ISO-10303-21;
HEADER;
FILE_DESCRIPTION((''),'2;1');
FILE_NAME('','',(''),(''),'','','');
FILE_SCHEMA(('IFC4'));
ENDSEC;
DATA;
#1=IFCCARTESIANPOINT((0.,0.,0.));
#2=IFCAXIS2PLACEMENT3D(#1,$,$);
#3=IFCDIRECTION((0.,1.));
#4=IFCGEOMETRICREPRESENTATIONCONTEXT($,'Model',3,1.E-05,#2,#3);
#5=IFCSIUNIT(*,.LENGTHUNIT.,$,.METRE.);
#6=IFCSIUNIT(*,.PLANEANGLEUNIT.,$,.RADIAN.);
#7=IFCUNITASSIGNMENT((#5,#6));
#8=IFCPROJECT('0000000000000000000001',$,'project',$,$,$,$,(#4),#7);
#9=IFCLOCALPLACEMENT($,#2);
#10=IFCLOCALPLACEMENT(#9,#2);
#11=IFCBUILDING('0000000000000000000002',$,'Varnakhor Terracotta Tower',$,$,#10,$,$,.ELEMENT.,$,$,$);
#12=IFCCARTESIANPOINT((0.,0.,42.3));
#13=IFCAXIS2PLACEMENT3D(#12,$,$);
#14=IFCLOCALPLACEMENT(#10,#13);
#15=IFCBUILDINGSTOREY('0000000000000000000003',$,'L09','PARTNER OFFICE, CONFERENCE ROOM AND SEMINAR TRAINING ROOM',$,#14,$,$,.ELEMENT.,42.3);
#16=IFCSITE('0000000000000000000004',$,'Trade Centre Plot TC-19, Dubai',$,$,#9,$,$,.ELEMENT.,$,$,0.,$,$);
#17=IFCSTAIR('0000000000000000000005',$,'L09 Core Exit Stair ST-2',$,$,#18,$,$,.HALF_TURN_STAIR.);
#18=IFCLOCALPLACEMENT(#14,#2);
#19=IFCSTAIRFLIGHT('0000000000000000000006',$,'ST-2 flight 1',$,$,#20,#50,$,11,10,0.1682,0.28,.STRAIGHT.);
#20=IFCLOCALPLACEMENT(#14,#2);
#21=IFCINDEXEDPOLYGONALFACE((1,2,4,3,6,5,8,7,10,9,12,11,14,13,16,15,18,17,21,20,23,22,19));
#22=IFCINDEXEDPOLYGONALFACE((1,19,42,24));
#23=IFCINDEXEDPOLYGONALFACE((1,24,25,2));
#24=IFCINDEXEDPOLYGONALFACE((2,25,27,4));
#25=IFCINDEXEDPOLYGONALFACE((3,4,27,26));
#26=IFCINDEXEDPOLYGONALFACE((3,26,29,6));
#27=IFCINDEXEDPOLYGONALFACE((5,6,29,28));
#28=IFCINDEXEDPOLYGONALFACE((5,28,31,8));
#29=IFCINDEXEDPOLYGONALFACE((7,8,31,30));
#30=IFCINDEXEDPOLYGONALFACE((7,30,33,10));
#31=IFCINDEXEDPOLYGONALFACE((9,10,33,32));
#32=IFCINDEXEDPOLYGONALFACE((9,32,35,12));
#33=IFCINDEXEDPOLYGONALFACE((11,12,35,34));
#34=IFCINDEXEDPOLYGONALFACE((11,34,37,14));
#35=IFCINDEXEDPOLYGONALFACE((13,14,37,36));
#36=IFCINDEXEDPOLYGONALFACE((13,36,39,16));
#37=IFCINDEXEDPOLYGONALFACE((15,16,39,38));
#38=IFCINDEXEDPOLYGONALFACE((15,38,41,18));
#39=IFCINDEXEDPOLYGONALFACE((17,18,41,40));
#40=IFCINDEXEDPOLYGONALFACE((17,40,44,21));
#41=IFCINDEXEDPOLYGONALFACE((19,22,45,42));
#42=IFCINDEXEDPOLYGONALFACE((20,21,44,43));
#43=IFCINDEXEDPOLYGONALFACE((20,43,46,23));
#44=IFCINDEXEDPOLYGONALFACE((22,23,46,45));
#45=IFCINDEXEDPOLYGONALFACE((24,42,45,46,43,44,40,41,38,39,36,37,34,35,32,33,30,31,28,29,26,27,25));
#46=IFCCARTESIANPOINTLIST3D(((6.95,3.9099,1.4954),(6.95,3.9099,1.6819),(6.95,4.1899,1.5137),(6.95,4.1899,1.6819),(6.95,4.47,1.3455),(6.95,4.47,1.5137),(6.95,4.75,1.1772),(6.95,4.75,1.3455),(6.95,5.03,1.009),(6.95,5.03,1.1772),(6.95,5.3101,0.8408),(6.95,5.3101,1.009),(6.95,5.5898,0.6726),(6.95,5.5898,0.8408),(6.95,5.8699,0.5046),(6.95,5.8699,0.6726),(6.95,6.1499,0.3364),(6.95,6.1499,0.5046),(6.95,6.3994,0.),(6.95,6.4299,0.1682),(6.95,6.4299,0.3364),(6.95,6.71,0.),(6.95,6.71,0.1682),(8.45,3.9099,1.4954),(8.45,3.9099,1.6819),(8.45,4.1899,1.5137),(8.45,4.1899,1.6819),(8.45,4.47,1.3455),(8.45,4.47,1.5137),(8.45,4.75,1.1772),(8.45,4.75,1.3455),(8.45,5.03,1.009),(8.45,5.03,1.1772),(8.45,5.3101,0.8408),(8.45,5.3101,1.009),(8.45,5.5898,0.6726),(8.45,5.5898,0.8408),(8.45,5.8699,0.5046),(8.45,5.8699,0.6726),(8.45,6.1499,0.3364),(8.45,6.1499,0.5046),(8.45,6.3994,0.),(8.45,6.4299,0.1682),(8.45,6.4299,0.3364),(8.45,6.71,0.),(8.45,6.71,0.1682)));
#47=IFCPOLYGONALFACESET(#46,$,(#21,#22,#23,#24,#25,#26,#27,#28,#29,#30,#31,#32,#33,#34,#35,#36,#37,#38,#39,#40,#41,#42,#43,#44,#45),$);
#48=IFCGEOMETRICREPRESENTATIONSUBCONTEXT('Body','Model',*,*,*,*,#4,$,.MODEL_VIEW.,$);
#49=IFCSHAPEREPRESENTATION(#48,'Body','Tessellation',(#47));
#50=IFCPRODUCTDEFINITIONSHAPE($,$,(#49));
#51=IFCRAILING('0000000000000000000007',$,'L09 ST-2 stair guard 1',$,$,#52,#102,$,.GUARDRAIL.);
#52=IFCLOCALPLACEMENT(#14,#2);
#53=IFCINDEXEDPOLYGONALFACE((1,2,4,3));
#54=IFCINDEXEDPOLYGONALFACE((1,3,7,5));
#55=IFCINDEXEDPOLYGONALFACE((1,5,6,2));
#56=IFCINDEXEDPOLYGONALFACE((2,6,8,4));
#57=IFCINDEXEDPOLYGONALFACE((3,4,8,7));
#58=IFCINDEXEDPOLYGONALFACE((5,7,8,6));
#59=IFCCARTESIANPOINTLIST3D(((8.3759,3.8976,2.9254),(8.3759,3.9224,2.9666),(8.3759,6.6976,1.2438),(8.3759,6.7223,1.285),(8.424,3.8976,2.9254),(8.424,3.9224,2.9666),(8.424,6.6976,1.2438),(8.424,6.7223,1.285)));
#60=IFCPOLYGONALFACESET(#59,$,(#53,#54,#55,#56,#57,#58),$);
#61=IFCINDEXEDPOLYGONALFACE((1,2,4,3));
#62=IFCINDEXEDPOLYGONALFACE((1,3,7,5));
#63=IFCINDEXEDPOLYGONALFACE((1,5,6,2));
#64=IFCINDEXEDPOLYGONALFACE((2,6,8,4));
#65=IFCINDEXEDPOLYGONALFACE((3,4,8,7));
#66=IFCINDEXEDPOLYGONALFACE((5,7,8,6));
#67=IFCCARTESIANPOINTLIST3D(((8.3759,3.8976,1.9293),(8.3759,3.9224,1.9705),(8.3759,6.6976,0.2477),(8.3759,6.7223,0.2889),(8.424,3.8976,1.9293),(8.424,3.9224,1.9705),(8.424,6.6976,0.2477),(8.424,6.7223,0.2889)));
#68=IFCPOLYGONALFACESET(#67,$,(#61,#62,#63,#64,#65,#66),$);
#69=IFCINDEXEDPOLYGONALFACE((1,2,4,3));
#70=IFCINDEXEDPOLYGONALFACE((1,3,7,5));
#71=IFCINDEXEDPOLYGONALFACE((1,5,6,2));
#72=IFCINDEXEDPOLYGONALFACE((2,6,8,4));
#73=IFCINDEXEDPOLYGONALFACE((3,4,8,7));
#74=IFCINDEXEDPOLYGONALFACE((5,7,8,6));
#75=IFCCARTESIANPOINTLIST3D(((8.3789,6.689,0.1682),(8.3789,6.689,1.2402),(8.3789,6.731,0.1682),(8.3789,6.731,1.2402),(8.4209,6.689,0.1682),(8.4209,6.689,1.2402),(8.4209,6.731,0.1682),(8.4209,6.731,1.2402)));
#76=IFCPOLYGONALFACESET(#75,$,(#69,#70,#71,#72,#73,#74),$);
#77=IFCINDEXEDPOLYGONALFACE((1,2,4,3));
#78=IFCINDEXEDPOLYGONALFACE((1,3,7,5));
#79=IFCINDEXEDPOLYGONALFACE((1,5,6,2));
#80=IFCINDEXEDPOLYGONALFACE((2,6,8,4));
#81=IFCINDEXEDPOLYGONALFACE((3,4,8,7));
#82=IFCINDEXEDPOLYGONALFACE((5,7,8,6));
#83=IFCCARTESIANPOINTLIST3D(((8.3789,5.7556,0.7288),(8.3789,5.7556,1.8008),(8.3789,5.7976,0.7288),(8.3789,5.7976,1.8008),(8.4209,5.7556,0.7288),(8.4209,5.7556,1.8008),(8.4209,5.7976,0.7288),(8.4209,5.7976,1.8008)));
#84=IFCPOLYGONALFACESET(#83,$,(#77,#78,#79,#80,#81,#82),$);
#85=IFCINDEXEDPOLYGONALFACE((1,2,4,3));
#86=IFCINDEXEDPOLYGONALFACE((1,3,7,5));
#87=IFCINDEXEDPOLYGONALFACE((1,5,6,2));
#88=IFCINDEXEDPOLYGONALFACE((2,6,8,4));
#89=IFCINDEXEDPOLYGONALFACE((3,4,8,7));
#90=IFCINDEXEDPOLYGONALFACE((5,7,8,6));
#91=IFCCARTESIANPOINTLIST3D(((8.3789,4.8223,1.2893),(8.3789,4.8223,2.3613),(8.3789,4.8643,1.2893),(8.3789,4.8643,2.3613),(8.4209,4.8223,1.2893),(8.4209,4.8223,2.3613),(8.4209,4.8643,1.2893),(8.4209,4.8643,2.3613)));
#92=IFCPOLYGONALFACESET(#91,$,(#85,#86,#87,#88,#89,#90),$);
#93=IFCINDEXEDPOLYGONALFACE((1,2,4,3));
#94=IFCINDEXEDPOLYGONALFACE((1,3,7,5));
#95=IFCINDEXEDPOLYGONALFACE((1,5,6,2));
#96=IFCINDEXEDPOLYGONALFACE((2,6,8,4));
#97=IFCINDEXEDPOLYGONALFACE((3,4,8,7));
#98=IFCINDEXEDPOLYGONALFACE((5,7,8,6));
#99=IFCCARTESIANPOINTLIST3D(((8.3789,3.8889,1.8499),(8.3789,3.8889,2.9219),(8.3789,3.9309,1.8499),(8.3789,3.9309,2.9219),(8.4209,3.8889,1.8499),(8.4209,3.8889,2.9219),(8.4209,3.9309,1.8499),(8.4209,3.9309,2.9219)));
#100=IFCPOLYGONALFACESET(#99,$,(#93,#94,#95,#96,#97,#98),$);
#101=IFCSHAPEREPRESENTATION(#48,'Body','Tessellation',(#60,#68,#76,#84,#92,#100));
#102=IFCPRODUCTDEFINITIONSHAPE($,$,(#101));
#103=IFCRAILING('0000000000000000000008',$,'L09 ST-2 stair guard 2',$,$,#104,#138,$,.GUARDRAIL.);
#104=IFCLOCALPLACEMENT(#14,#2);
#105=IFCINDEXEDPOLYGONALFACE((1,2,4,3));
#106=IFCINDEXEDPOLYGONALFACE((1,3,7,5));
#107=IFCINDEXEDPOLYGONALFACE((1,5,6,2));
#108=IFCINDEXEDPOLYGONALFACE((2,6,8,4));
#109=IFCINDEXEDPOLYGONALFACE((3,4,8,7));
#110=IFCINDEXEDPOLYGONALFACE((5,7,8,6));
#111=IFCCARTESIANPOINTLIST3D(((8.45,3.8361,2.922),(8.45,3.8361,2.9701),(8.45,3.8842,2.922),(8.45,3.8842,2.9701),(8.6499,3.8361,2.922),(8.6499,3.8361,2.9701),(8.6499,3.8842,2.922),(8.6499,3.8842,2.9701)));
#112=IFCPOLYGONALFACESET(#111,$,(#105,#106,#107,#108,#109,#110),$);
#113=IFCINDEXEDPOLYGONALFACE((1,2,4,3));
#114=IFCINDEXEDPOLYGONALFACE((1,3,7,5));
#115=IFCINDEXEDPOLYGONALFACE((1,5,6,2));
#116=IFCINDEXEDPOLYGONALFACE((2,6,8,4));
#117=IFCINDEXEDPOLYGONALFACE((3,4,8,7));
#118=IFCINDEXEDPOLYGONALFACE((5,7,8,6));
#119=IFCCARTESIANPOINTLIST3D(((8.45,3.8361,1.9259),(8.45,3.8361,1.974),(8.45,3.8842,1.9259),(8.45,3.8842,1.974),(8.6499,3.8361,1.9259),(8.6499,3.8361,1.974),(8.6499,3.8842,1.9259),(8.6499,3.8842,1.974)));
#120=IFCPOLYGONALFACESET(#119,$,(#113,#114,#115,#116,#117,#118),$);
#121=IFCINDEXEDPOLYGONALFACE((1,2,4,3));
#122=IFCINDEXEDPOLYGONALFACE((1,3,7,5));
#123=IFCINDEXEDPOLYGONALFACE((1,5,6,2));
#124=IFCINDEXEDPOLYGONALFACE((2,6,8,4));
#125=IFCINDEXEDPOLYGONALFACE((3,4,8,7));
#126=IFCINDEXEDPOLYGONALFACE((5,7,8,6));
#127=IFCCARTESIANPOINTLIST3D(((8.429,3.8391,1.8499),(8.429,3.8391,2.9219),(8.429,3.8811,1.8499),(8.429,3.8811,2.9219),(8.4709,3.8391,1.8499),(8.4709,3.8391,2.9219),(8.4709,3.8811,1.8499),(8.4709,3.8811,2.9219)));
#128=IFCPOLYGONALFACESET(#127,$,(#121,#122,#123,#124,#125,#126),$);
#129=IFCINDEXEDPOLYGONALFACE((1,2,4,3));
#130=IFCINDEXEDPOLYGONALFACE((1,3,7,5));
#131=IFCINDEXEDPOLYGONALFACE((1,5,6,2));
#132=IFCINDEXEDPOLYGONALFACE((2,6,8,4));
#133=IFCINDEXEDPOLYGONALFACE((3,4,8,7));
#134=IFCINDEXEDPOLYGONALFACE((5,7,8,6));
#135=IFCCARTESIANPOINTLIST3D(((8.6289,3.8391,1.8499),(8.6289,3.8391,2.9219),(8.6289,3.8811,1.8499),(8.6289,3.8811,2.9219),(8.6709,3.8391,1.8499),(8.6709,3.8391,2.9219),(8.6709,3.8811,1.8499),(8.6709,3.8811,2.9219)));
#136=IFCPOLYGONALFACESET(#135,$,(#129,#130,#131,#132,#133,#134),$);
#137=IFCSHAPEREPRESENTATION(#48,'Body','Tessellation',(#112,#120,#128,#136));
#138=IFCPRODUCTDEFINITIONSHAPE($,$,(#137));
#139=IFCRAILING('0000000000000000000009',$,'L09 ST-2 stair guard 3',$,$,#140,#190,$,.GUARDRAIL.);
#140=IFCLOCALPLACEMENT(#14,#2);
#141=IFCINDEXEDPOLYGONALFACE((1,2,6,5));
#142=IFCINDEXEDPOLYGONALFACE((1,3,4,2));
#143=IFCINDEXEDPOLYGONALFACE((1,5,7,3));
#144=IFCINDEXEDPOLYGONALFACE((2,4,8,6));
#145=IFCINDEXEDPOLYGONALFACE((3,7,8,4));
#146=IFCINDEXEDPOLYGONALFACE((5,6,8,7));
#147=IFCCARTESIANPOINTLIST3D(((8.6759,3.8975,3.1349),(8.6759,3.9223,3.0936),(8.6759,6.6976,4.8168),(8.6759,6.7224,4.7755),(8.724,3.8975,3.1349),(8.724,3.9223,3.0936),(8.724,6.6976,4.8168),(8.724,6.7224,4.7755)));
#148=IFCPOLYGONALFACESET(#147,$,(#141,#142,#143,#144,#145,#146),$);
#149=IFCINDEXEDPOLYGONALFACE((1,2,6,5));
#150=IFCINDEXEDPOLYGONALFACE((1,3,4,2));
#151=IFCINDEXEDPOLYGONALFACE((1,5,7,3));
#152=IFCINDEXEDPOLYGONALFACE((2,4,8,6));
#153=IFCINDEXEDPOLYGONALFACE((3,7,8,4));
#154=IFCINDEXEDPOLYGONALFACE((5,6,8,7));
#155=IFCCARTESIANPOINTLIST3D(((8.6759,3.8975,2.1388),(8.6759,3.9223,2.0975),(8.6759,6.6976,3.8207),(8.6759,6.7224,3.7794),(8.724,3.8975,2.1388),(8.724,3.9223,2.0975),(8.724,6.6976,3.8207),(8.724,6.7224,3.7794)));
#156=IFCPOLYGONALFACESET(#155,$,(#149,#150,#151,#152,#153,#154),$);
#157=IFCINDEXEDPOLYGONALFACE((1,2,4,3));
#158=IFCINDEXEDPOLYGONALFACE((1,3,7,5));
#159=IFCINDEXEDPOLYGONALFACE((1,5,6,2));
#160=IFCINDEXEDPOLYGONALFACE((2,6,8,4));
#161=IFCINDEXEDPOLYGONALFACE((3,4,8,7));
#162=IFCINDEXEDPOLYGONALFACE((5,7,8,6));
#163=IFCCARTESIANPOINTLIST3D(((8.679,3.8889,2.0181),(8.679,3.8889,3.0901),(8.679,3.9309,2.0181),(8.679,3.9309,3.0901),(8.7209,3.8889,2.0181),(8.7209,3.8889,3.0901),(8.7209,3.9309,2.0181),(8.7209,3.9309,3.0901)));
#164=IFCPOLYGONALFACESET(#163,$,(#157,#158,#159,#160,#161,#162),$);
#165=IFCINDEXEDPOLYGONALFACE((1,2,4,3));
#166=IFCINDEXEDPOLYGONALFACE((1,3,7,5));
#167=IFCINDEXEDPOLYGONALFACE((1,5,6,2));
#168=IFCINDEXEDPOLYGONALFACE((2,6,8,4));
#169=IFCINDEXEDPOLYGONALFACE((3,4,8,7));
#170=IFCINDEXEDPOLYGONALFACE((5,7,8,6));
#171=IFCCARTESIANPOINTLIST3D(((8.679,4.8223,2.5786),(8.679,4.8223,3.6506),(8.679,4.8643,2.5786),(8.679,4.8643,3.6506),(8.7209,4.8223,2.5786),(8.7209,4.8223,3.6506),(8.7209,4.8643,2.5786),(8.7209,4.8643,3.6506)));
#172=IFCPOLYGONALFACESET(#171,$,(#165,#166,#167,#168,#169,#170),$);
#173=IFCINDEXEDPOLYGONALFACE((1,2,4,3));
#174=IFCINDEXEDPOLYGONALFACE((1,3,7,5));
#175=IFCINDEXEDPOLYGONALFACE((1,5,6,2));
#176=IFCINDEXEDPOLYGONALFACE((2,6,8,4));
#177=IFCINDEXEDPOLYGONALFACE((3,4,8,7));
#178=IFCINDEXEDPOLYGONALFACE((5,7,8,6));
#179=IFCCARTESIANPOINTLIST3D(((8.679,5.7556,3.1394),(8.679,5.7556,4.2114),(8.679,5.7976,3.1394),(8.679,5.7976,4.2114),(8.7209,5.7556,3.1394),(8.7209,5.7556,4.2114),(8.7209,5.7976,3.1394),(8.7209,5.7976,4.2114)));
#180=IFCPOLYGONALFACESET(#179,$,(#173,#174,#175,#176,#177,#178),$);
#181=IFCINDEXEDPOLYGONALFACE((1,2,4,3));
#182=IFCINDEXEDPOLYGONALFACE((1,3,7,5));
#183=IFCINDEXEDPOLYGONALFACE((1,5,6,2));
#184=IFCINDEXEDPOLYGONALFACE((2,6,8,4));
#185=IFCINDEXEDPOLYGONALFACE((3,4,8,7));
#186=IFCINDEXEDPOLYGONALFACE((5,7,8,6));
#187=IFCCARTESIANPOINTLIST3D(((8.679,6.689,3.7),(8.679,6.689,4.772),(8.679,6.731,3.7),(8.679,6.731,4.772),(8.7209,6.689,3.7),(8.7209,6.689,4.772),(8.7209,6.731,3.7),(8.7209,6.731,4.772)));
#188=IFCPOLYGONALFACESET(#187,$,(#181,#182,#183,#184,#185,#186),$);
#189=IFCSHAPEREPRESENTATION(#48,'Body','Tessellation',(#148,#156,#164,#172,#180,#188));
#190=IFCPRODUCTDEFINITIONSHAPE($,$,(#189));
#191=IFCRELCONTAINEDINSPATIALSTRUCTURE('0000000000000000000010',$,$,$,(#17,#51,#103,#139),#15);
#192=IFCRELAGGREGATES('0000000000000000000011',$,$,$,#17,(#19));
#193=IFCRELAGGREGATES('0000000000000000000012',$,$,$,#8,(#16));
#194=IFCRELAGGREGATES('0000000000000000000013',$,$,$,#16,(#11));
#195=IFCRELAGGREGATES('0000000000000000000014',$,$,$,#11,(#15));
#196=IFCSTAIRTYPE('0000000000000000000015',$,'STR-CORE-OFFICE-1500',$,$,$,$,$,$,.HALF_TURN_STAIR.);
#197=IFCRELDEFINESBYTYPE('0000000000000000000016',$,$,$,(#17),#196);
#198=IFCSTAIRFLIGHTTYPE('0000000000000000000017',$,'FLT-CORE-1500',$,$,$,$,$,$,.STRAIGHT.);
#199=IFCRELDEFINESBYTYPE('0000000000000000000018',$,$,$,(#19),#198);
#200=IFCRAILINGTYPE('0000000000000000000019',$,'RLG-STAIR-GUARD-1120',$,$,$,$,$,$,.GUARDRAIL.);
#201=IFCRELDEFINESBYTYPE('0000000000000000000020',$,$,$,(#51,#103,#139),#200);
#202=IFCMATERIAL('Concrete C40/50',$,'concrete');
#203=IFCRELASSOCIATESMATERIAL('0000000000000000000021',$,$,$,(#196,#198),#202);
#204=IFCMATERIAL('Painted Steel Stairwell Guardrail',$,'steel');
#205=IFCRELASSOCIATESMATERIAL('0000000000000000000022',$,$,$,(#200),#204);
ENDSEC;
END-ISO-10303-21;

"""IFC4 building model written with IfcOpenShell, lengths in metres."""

from ifc_helpers import new_model, si_unit, direction, frame, origin, origin_2d, place, context, subcontext, project, spatial, polyline, rectangle, outline, extrude, material, type_object, element, aggregate, save


model = new_model("IFC4")

# Units and contexts
model_context = context("Model", 3, precision=1e-05, world=origin(), true_north=direction((0.0, 1.0)))
body_context = subcontext(model_context, "Body", "Model", "MODEL_VIEW")
ifc_project = project(units=[si_unit("LENGTHUNIT", "METRE"), si_unit("PLANEANGLEUNIT", "RADIAN")], contexts=[model_context])

# Site, building, storey
site_placement = place(None, origin())
site = spatial("IfcSite", under=ifc_project, at=site_placement, Name="Trade Centre Plot TC-19, Dubai", CompositionType="ELEMENT", RefElevation=0.0)
building_placement = place(site_placement, origin())
building = spatial("IfcBuilding", under=site, at=building_placement, Name="Varnakhor Terracotta Tower", CompositionType="ELEMENT")
storey_placement = place(building_placement, frame((0.0, 0.0, 42.3)))
storey = spatial("IfcBuildingStorey", under=building, at=storey_placement, Name="L09", Description="PARTNER OFFICE, CONFERENCE ROOM AND SEMINAR TRAINING ROOM", CompositionType="ELEMENT", Elevation=42.3)

# Stair
ifc_material_1 = material(Name="Concrete C40/50", Category="concrete")
stair_type = type_object("IfcStairType", Name="STR-CORE-OFFICE-1500", PredefinedType="HALF_TURN_STAIR", material=ifc_material_1)
stair_1_placement = place(storey_placement, origin())
stair_1 = element("IfcStair", 1, at=stair_1_placement, inside=storey, type_object=stair_type, Name="L09 Core Exit Stair ST-2", PredefinedType="HALF_TURN_STAIR")

# Stair flight
stair_flight_type = type_object("IfcStairFlightType", Name="FLT-CORE-1500", PredefinedType="STRAIGHT", material=ifc_material_1)
stair_flight_placement = place(storey_placement, frame((7.7, 6.71, 0.0), z_axis=(0.0, 0.0, 1.0), x_axis=(0.0, -1.0, 0.0)))
stair_flight = element("IfcStairFlight", 2, at=stair_flight_placement, type_object=stair_flight_type, Name="ST-2 flight 1", NumberOfRisers=11, NumberOfTreads=10, PredefinedType="STRAIGHT", RiserHeight=0.1682, TreadLength=0.28, context=body_context, shape_type="SweptSolid", body=[
    extrude(outline(polyline([(0.0, 0.0), (0.0, 0.1682), (0.28, 0.1682), (0.28, 0.3364), (0.5601, 0.3364), (0.5601, 0.5046), (0.8401, 0.5046), (0.8401, 0.6726), (1.1201, 0.6726), (1.1201, 0.8408), (1.3999, 0.8408), (1.3999, 1.009), (1.6799, 1.009), (1.6799, 1.1772), (1.96, 1.1772), (1.96, 1.3455), (2.24, 1.3455), (2.24, 1.5137), (2.52, 1.5137), (2.52, 1.6819), (2.8, 1.6819), (2.8, 1.8501), (2.8, 1.4954), (0.3105, 0.0), (0.0, 0.0)])), frame((0.0, 0.75, 0.0), z_axis=(0.0, -1.0, 0.0), x_axis=(1.0, 0.0, 0.0)), (0.0, 0.0, 1.0), 1.5),
])
aggregate(stair_1, [stair_flight])

# Railings
ifc_material_2 = material(Name="Painted Steel Stairwell Guardrail", Category="steel")
railing_type_1 = type_object("IfcRailingType", Name="RLG-STAIR-GUARD-1120", PredefinedType="GUARDRAIL", material=ifc_material_2)
railing_1_placement = place(storey_placement, frame((8.3999, 6.71, 0.1682)))
element("IfcRailing", 3, at=railing_1_placement, inside=storey, type_object=railing_type_1, Name="L09 ST-2 stair guard 1", PredefinedType="GUARDRAIL", context=body_context, shape_type="SweptSolid", body=[
    extrude(rectangle(XDim=0.0481, YDim=0.0481, at=origin_2d()), frame((0.0, 0.0, 1.0962), z_axis=(0.0, -0.857275, 0.514858), x_axis=(1.0, 0.0, 0.0)), (0.0, 0.0, 1.0), 3.2661),
    extrude(rectangle(XDim=0.0481, YDim=0.0481, at=origin_2d()), frame((0.0, 0.0, 0.1001), z_axis=(0.0, -0.857275, 0.514858), x_axis=(1.0, 0.0, 0.0)), (0.0, 0.0, 1.0), 3.2661),
    extrude(rectangle(XDim=0.042, YDim=0.042, at=origin_2d()), origin(), (0.0, 0.0, 1.0), 1.072),
    extrude(rectangle(XDim=0.042, YDim=0.042, at=origin_2d()), frame((0.0, -0.9333, 0.5605)), (0.0, 0.0, 1.0), 1.072),
    extrude(rectangle(XDim=0.042, YDim=0.042, at=origin_2d()), frame((0.0, -1.8667, 1.1211)), (0.0, 0.0, 1.0), 1.072),
    extrude(rectangle(XDim=0.042, YDim=0.042, at=origin_2d()), frame((0.0, -2.8, 1.6816)), (0.0, 0.0, 1.0), 1.072),
])
railing_2_placement = place(storey_placement, frame((8.45, 3.8601, 1.8499)))
element("IfcRailing", 4, at=railing_2_placement, inside=storey, type_object=railing_type_1, Name="L09 ST-2 stair guard 2", PredefinedType="GUARDRAIL", context=body_context, shape_type="SweptSolid", body=[
    extrude(rectangle(XDim=0.0481, YDim=0.0481, at=origin_2d()), frame((0.0, 0.0, 1.0962), z_axis=(1.0, 0.0, 0.0), x_axis=(0.0, 1.0, 0.0)), (0.0, 0.0, 1.0), 0.2),
    extrude(rectangle(XDim=0.0481, YDim=0.0481, at=origin_2d()), frame((0.0, 0.0, 0.1001), z_axis=(1.0, 0.0, 0.0), x_axis=(0.0, 1.0, 0.0)), (0.0, 0.0, 1.0), 0.2),
    extrude(rectangle(XDim=0.042, YDim=0.042, at=origin_2d()), origin(), (0.0, 0.0, 1.0), 1.072),
    extrude(rectangle(XDim=0.042, YDim=0.042, at=origin_2d()), frame((0.2, 0.0, 0.0)), (0.0, 0.0, 1.0), 1.072),
])
railing_3_placement = place(storey_placement, frame((8.7, 3.9099, 2.0181)))
element("IfcRailing", 5, at=railing_3_placement, inside=storey, type_object=railing_type_1, Name="L09 ST-2 stair guard 3", PredefinedType="GUARDRAIL", context=body_context, shape_type="SweptSolid", body=[
    extrude(rectangle(XDim=0.0481, YDim=0.0481, at=origin_2d()), frame((0.0, 0.0, 1.0962), z_axis=(0.0, 0.857242, 0.514913), x_axis=(-1.0, 0.0, 0.0)), (0.0, 0.0, 1.0), 3.2664),
    extrude(rectangle(XDim=0.0481, YDim=0.0481, at=origin_2d()), frame((0.0, 0.0, 0.1001), z_axis=(0.0, 0.857242, 0.514913), x_axis=(-1.0, 0.0, 0.0)), (0.0, 0.0, 1.0), 3.2664),
    extrude(rectangle(XDim=0.042, YDim=0.042, at=origin_2d()), origin(), (0.0, 0.0, 1.0), 1.072),
    extrude(rectangle(XDim=0.042, YDim=0.042, at=origin_2d()), frame((0.0, 0.9333, 0.5605)), (0.0, 0.0, 1.0), 1.072),
    extrude(rectangle(XDim=0.042, YDim=0.042, at=origin_2d()), frame((0.0, 1.8667, 1.1213)), (0.0, 0.0, 1.0), 1.072),
    extrude(rectangle(XDim=0.042, YDim=0.042, at=origin_2d()), frame((0.0, 2.8, 1.6819)), (0.0, 0.0, 1.0), 1.072),
])

save(model, "model.ifc")
